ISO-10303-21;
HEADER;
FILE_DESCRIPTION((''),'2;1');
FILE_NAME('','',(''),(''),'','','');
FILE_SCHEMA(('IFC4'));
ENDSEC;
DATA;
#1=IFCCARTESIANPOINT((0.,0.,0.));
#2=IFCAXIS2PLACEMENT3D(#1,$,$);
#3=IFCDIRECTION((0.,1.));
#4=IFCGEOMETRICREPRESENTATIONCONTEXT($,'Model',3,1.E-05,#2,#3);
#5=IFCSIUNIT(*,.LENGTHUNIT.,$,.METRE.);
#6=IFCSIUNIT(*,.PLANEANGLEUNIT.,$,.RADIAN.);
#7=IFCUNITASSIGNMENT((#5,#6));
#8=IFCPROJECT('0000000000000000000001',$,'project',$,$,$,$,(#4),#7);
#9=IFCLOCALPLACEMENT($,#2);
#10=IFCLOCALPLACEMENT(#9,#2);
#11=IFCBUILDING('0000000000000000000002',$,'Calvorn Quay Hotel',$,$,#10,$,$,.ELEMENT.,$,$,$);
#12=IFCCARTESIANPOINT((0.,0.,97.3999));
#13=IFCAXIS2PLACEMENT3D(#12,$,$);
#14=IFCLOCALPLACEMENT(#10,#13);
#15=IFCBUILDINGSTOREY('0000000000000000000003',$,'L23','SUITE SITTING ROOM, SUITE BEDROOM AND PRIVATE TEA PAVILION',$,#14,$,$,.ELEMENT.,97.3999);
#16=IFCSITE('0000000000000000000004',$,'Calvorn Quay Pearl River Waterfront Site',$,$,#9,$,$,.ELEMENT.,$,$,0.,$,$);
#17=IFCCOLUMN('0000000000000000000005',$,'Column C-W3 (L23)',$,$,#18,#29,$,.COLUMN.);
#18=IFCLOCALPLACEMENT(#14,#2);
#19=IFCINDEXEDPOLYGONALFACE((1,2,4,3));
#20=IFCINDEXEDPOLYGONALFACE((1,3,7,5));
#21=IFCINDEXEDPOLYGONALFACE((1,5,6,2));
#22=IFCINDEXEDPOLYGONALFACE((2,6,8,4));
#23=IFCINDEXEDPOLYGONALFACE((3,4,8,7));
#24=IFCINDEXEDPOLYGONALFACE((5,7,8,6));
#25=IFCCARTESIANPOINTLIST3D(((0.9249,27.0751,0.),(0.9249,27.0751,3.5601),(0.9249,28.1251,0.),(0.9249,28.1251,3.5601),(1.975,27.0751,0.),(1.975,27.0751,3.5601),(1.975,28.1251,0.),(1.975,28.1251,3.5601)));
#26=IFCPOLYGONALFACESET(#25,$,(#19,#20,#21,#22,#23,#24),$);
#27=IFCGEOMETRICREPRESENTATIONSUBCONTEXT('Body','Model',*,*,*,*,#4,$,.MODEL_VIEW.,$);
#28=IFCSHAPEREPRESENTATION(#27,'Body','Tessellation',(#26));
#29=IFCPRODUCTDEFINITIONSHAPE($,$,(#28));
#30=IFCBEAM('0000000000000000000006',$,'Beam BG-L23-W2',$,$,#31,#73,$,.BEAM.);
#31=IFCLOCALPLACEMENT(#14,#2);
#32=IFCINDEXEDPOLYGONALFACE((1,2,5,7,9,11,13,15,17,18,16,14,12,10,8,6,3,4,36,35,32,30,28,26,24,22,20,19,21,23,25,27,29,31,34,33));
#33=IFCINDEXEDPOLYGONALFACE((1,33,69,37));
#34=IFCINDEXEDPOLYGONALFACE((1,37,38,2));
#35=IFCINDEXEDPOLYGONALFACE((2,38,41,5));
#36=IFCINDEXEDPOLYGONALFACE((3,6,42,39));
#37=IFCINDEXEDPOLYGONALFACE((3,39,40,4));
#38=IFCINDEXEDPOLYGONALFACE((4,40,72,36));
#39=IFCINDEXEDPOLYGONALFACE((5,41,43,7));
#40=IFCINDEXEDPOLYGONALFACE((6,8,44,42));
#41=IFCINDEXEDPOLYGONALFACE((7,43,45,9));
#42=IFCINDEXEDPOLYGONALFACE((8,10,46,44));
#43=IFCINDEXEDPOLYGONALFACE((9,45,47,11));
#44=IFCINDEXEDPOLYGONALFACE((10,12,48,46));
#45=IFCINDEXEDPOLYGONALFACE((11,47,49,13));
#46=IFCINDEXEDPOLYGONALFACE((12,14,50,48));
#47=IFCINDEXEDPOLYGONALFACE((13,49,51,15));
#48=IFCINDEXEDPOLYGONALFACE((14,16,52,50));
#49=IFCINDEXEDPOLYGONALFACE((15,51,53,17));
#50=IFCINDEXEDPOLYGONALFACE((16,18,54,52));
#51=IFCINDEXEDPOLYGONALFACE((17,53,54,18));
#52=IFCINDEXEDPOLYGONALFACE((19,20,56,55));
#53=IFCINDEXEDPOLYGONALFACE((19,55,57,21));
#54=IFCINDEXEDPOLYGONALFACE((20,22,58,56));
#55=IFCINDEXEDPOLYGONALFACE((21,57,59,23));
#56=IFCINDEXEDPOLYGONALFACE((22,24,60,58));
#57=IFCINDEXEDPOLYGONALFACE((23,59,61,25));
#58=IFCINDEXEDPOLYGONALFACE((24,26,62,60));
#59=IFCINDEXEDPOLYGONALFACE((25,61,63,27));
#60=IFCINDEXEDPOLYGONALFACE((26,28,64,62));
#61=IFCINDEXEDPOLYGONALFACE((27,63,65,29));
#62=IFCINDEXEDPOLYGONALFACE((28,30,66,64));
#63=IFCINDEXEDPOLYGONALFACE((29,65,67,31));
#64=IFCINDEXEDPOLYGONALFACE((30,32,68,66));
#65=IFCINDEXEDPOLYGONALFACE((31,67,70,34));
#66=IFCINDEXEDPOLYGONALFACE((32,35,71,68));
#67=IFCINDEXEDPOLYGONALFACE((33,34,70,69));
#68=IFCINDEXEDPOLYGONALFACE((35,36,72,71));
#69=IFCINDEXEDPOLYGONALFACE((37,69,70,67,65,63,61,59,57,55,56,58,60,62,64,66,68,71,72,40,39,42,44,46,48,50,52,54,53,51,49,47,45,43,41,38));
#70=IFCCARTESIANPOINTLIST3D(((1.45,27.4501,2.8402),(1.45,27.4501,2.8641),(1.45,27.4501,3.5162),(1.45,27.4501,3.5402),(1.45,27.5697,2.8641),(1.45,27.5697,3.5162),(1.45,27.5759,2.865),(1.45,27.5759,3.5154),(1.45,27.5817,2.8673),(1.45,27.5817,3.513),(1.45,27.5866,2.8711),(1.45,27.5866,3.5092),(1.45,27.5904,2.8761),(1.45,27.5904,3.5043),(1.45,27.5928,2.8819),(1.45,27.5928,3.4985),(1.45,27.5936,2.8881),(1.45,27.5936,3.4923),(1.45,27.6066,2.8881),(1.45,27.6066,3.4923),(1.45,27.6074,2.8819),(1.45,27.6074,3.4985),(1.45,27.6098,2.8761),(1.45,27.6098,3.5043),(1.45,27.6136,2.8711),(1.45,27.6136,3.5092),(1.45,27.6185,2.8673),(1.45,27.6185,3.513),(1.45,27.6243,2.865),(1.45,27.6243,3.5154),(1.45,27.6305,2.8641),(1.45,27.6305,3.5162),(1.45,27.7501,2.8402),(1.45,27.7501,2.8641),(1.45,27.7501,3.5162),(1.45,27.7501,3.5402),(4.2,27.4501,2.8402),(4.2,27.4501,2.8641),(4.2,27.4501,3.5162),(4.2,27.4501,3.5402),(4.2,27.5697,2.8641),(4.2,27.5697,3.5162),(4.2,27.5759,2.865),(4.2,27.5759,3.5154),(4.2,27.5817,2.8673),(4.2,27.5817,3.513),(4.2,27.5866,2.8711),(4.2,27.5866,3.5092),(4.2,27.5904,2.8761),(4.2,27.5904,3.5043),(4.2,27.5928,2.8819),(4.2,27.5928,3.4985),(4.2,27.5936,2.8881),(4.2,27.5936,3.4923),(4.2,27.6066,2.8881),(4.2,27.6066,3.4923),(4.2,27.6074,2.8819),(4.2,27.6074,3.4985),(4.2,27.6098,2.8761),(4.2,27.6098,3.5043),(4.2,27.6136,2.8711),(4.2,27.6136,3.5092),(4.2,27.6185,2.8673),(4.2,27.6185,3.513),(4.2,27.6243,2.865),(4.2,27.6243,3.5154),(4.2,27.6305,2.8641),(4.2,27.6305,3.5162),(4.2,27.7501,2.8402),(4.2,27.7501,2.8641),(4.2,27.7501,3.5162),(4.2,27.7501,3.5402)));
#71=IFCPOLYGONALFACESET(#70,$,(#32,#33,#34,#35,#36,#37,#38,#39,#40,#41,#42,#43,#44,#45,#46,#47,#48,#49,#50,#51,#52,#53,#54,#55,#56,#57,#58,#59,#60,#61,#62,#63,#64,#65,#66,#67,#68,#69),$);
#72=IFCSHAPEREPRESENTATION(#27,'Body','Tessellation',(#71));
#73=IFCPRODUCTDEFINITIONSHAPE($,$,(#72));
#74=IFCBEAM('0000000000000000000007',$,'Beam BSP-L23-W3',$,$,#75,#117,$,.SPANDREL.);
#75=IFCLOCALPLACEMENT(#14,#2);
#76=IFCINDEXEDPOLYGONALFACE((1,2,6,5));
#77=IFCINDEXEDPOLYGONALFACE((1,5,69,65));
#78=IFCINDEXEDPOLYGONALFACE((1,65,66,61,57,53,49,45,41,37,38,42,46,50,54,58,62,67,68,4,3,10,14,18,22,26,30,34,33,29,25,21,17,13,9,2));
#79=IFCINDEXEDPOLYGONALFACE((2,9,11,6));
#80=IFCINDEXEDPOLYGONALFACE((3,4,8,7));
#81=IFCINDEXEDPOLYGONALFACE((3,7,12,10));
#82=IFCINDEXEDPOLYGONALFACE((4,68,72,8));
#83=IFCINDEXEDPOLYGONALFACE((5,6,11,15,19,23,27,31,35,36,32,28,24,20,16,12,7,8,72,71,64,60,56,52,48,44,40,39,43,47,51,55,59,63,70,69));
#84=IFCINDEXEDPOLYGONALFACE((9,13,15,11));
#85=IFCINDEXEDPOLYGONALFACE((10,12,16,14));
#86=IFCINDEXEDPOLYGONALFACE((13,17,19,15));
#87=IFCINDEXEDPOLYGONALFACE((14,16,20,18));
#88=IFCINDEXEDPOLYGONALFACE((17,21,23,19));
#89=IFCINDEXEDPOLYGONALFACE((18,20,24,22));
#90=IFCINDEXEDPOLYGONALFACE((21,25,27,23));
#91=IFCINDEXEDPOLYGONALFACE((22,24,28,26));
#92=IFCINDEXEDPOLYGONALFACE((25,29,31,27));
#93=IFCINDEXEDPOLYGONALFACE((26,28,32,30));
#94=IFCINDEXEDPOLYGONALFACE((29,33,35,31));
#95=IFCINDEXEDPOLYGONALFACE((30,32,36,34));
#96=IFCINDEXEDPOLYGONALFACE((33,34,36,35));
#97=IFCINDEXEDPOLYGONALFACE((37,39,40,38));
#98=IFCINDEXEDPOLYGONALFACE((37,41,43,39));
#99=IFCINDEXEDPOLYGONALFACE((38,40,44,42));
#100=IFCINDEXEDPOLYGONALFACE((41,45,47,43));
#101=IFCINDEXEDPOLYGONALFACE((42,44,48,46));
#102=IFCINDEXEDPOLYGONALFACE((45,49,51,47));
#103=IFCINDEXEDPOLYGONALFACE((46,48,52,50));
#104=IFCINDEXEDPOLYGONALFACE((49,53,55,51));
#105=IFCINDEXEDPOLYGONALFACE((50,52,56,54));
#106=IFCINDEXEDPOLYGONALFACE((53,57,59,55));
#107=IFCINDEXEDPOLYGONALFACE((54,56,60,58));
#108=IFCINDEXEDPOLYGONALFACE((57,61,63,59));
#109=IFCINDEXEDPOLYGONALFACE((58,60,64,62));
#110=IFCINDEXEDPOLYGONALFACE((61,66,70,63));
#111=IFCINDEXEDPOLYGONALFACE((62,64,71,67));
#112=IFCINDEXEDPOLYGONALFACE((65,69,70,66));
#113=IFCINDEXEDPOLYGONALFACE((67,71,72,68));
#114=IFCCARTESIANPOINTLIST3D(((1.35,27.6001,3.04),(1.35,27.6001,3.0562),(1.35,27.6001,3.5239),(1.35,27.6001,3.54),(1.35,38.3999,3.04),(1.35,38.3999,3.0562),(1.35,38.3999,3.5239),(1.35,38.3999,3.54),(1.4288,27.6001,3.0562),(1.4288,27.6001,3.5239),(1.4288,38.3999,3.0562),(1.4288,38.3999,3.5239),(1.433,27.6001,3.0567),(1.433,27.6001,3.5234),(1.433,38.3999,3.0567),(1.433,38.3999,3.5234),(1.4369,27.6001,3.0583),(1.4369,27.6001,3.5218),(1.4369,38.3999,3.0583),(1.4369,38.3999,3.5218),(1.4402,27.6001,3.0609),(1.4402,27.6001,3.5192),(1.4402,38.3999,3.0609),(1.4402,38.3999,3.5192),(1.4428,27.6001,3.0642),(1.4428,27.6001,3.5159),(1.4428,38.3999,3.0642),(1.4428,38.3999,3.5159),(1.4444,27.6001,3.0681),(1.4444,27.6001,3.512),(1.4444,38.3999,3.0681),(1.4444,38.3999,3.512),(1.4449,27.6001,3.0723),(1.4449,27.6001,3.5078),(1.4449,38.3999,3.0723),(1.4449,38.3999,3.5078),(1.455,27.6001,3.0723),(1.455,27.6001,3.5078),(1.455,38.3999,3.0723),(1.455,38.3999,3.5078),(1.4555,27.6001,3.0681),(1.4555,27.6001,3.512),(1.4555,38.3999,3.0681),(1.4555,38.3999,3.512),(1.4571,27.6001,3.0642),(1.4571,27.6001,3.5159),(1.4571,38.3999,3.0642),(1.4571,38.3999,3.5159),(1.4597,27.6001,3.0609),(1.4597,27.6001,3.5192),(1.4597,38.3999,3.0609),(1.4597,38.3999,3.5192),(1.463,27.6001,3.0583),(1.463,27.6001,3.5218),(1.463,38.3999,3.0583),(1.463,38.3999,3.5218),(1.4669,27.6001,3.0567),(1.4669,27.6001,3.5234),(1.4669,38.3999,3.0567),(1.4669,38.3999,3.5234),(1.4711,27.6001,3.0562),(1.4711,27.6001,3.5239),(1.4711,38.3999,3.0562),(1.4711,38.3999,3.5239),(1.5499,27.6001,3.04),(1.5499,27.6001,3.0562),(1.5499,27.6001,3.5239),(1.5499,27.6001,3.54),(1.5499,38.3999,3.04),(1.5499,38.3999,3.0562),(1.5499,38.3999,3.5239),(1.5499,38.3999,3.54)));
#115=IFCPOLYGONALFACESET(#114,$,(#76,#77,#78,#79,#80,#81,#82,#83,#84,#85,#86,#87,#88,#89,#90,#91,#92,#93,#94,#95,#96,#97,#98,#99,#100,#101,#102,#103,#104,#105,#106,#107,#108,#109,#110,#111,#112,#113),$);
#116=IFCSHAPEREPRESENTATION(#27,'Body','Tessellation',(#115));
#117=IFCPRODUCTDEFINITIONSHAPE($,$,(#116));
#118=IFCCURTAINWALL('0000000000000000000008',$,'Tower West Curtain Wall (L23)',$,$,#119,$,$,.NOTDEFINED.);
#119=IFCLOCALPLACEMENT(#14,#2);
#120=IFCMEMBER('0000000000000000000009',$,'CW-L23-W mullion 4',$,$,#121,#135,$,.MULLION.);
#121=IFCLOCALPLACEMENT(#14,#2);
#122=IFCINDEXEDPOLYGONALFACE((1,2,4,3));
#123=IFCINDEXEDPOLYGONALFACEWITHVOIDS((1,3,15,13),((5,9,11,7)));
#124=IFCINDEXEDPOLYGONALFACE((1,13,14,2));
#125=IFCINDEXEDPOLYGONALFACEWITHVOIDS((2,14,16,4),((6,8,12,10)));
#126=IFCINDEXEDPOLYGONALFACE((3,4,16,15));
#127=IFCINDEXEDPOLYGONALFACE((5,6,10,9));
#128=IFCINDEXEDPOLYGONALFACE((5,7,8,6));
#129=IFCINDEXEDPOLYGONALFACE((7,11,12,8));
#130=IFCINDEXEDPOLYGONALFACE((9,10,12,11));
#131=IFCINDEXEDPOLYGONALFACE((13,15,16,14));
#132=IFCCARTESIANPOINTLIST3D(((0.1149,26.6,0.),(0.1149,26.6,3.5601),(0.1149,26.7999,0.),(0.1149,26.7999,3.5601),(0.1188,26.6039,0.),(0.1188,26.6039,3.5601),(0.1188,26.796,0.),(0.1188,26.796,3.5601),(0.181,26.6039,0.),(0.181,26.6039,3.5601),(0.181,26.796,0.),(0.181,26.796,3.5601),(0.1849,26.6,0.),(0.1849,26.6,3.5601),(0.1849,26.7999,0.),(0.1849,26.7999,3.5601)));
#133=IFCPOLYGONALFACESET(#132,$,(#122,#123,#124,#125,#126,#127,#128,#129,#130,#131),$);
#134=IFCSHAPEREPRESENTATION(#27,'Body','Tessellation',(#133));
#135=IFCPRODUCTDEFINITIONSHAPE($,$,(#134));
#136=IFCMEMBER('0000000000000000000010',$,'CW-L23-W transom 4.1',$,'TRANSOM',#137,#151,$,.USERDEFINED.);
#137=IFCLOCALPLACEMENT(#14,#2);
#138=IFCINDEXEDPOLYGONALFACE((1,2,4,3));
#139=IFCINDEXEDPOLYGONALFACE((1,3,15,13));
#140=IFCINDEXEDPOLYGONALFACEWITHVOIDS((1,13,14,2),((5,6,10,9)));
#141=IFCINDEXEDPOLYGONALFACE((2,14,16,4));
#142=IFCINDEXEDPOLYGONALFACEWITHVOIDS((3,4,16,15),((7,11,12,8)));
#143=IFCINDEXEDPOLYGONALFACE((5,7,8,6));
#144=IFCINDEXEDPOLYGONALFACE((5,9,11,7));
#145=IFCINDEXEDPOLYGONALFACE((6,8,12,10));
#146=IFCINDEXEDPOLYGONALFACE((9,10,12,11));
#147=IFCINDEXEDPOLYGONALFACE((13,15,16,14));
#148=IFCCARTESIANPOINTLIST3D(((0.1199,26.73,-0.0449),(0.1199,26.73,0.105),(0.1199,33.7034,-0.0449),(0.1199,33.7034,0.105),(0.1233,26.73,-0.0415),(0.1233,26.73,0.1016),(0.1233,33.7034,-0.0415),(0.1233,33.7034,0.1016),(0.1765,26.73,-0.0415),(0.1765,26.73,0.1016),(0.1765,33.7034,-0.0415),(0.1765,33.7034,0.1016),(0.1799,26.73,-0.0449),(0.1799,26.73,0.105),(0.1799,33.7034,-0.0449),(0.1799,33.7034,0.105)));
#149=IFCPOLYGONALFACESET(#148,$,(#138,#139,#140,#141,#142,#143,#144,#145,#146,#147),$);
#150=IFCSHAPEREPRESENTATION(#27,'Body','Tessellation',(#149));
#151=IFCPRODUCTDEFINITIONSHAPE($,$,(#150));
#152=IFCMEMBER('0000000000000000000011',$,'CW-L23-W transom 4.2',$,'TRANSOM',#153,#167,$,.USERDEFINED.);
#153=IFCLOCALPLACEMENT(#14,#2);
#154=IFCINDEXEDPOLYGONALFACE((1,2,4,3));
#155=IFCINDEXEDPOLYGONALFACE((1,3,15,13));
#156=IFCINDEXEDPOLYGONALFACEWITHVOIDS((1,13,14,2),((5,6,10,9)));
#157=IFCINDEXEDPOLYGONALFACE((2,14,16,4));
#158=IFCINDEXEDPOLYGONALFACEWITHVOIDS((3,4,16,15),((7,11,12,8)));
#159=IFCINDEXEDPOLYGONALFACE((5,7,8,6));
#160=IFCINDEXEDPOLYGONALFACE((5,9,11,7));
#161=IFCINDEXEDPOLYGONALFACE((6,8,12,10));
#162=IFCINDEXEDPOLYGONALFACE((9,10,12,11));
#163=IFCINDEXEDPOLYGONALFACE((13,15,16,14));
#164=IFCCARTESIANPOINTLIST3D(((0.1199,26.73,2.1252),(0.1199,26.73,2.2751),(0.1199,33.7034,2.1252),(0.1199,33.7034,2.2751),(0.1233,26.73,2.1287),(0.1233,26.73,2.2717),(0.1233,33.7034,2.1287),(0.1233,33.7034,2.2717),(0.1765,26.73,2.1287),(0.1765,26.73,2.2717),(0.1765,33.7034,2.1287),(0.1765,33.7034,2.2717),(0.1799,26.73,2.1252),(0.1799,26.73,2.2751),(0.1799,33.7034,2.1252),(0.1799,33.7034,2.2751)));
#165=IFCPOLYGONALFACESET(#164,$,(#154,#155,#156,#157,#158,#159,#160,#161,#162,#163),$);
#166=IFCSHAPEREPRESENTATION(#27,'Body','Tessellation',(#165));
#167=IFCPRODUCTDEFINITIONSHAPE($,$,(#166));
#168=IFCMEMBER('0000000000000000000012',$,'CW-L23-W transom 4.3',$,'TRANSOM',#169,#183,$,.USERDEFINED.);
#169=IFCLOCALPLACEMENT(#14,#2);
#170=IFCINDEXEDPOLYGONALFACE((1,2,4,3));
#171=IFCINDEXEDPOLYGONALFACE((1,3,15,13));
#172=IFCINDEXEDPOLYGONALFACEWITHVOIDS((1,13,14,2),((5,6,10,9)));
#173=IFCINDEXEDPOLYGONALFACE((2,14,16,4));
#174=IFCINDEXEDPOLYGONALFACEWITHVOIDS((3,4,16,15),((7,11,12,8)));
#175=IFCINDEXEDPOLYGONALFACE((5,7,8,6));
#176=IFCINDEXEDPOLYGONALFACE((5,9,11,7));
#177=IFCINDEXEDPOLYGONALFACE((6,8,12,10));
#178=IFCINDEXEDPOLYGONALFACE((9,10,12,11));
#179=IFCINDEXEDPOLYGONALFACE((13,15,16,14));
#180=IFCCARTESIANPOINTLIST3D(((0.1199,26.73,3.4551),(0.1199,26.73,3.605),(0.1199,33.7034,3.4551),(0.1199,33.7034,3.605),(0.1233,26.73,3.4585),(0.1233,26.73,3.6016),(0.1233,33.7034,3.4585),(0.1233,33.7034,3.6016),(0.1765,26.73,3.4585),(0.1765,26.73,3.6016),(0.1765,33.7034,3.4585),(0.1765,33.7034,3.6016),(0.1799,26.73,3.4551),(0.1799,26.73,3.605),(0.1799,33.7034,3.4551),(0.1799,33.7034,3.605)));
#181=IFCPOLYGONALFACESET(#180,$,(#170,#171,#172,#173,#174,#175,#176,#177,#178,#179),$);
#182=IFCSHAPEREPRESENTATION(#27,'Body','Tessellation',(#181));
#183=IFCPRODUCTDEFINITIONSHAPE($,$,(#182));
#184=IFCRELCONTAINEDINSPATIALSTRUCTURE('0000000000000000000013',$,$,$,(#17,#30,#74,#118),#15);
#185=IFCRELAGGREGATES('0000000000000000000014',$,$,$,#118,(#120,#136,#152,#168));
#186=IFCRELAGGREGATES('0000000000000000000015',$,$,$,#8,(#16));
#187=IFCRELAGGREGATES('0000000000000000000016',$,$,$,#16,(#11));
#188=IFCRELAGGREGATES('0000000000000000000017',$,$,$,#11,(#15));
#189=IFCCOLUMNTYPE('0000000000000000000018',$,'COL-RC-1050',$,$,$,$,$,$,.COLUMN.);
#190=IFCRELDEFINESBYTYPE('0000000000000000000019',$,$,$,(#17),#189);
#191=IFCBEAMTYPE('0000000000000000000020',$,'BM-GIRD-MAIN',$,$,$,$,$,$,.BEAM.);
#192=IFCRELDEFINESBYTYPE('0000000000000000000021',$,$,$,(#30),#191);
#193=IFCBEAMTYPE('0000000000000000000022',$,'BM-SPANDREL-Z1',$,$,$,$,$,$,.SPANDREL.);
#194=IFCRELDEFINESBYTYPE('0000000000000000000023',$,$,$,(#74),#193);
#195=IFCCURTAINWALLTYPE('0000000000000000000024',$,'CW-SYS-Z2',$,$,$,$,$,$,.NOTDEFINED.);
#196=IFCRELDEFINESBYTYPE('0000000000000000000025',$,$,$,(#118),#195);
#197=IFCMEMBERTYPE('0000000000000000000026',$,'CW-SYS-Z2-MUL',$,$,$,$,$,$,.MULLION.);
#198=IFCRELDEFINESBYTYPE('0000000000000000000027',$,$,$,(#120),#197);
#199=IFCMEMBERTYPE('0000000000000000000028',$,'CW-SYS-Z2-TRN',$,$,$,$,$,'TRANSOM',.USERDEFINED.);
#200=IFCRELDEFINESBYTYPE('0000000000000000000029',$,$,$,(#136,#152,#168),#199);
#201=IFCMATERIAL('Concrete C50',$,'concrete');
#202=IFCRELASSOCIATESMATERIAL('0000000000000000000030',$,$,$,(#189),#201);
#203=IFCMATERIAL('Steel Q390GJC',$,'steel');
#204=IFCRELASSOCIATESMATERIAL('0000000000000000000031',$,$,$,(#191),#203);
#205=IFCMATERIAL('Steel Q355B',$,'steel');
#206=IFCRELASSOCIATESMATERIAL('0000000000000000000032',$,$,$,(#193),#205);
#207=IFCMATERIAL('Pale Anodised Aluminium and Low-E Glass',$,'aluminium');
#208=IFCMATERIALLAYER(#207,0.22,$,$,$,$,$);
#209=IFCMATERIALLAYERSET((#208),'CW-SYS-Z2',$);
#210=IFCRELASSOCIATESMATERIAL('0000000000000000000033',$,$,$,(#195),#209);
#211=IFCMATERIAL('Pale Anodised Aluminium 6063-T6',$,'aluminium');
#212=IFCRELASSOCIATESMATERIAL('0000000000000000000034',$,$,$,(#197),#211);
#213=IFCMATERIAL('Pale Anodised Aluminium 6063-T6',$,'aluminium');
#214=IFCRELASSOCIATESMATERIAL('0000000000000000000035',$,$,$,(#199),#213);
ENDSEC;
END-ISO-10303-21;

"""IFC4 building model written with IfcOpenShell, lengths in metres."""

from ifc_helpers import new_model, si_unit, direction, frame, origin, origin_2d, place, context, subcontext, project, spatial, rectangle, hollow_rectangle, i_section, extrude, material, layer, layer_set, material_profile, profile_set, type_object, element, aggregate, save


model = new_model("IFC4")

# Units and contexts
model_context = context("Model", 3, precision=1e-05, world=origin(), true_north=direction((0.0, 1.0)))
body_context = subcontext(model_context, "Body", "Model", "MODEL_VIEW")
ifc_project = project(units=[si_unit("LENGTHUNIT", "METRE"), si_unit("PLANEANGLEUNIT", "RADIAN")], contexts=[model_context])

# Site, building, storey
site_placement = place(None, origin())
site = spatial("IfcSite", under=ifc_project, at=site_placement, Name="Calvorn Quay Pearl River Waterfront Site", CompositionType="ELEMENT", RefElevation=0.0)
building_placement = place(site_placement, origin())
building = spatial("IfcBuilding", under=site, at=building_placement, Name="Calvorn Quay Hotel", CompositionType="ELEMENT")
storey_placement = place(building_placement, frame((0.0, 0.0, 97.3999)))
storey = spatial("IfcBuildingStorey", under=building, at=storey_placement, Name="L23", Description="SUITE SITTING ROOM, SUITE BEDROOM AND PRIVATE TEA PAVILION", CompositionType="ELEMENT", Elevation=97.3999)

# Column
ifc_material_1 = material(Name="Concrete C50", Category="concrete")
ifc_material_profile_1 = material_profile(ifc_material_1, rectangle(XDim=1.05, YDim=1.05, at=origin_2d()), Name="RC1050x1050")
ifc_profile_set_1 = profile_set([ifc_material_profile_1], Name="Concrete C50")
column_type = type_object("IfcColumnType", Name="COL-RC-1050", PredefinedType="COLUMN", material=ifc_profile_set_1)
column_placement = place(storey_placement, frame((1.45, 27.6001, 0.0), z_axis=(0.0, 0.0, 1.0), x_axis=(1.0, 0.0, 0.0)))
element("IfcColumn", 1, at=column_placement, inside=storey, type_object=column_type, Name="Column C-W3 (L23)", PredefinedType="COLUMN", context=body_context, shape_type="SweptSolid", body=[
    extrude(rectangle(XDim=1.05, YDim=1.05, at=origin_2d()), origin(), (0.0, 0.0, 1.0), 3.5601),
])

# Beams
ifc_material_2 = material(Name="Steel Q390GJC", Category="steel")
ifc_material_profile_2 = material_profile(ifc_material_2, i_section(OverallWidth=0.3, OverallDepth=0.7, WebThickness=0.0129, FlangeThickness=0.0239, FilletRadius=0.0239, at=origin_2d()), Name="HN700x300x13x24")
ifc_profile_set_2 = profile_set([ifc_material_profile_2], Name="Steel Q390GJC")
beam_type_1 = type_object("IfcBeamType", Name="BM-GIRD-MAIN", PredefinedType="BEAM", material=ifc_profile_set_2)
beam_1_placement = place(storey_placement, frame((1.45, 27.6001, 3.1902), z_axis=(1.0, 0.0, 0.0), x_axis=(0.0, 1.0, 0.0)))
element("IfcBeam", 2, at=beam_1_placement, inside=storey, type_object=beam_type_1, Name="Beam BG-L23-W2", PredefinedType="BEAM", context=body_context, shape_type="SweptSolid", body=[
    extrude(i_section(OverallWidth=0.3, OverallDepth=0.7, WebThickness=0.0129, FlangeThickness=0.0239, FilletRadius=0.0239, at=origin_2d()), origin(), (0.0, 0.0, 1.0), 2.75),
])
ifc_material_3 = material(Name="Steel Q355B", Category="steel")
ifc_material_profile_3 = material_profile(ifc_material_3, i_section(OverallWidth=0.2, OverallDepth=0.5, WebThickness=0.01, FlangeThickness=0.0161, FilletRadius=0.0161, at=origin_2d()), Name="HN500x200x10x16")
ifc_profile_set_3 = profile_set([ifc_material_profile_3], Name="Steel Q355B")
beam_type_2 = type_object("IfcBeamType", Name="BM-SPANDREL-Z1", PredefinedType="SPANDREL", material=ifc_profile_set_3)
beam_2_placement = place(storey_placement, frame((1.45, 27.6001, 3.29), z_axis=(0.0, 1.0, 0.0), x_axis=(-1.0, 0.0, 0.0)))
element("IfcBeam", 3, at=beam_2_placement, inside=storey, type_object=beam_type_2, Name="Beam BSP-L23-W3", PredefinedType="SPANDREL", context=body_context, shape_type="SweptSolid", body=[
    extrude(i_section(OverallWidth=0.2, OverallDepth=0.5, WebThickness=0.01, FlangeThickness=0.0161, FilletRadius=0.0161, at=origin_2d()), origin(), (0.0, 0.0, 1.0), 10.7998),
])

# Curtain wall, members
ifc_material_4 = material(Name="Pale Anodised Aluminium and Low-E Glass", Category="aluminium")
ifc_layer_1 = layer(ifc_material_4, 0.22)
ifc_layer_set_1 = layer_set([ifc_layer_1], Name="CW-SYS-Z2")
curtain_wall_type = type_object("IfcCurtainWallType", Name="CW-SYS-Z2", PredefinedType="NOTDEFINED", material=ifc_layer_set_1)
curtain_wall_placement = place(storey_placement, origin())
curtain_wall = element("IfcCurtainWall", 4, at=curtain_wall_placement, inside=storey, type_object=curtain_wall_type, Name="Tower West Curtain Wall (L23)", PredefinedType="NOTDEFINED")
ifc_material_5 = material(Name="Pale Anodised Aluminium 6063-T6", Category="aluminium")
ifc_material_profile_4 = material_profile(ifc_material_5, hollow_rectangle(XDim=0.0701, YDim=0.2, WallThickness=0.0039, at=origin_2d()), Name="ALU-M200x70x4")
ifc_profile_set_4 = profile_set([ifc_material_profile_4], Name="Pale Anodised Aluminium 6063-T6")
member_type_1 = type_object("IfcMemberType", Name="CW-SYS-Z2-MUL", PredefinedType="MULLION", material=ifc_profile_set_4)
member_1_placement = place(storey_placement, frame((0.1499, 26.7, 0.0), z_axis=(0.0, 0.0, 1.0), x_axis=(-1.0, 0.0, 0.0)))
member_1 = element("IfcMember", 5, at=member_1_placement, type_object=member_type_1, Name="CW-L23-W mullion 4", PredefinedType="MULLION", context=body_context, shape_type="SweptSolid", body=[
    extrude(hollow_rectangle(XDim=0.0701, YDim=0.2, WallThickness=0.0039, at=origin_2d()), origin(), (0.0, 0.0, 1.0), 3.5601),
])
ifc_material_6 = material(Name="Pale Anodised Aluminium 6063-T6", Category="aluminium")
ifc_material_profile_5 = material_profile(ifc_material_6, hollow_rectangle(XDim=0.0601, YDim=0.1499, WallThickness=0.0034, at=origin_2d()), Name="ALU-T150x60x3.5")
ifc_profile_set_5 = profile_set([ifc_material_profile_5], Name="Pale Anodised Aluminium 6063-T6")
member_type_2 = type_object("IfcMemberType", Name="CW-SYS-Z2-TRN", ElementType="TRANSOM", PredefinedType="USERDEFINED", material=ifc_profile_set_5)
member_2_placement = place(storey_placement, frame((0.1499, 26.73, 0.03), z_axis=(0.0, 1.0, 0.0), x_axis=(-1.0, 0.0, 0.0)))
member_2 = element("IfcMember", 6, at=member_2_placement, type_object=member_type_2, Name="CW-L23-W transom 4.1", ObjectType="TRANSOM", PredefinedType="USERDEFINED", context=body_context, shape_type="SweptSolid", body=[
    extrude(hollow_rectangle(XDim=0.0601, YDim=0.1499, WallThickness=0.0034, at=origin_2d()), origin(), (0.0, 0.0, 1.0), 6.9734),
])
member_3_placement = place(storey_placement, frame((0.1499, 26.73, 2.2002), z_axis=(0.0, 1.0, 0.0), x_axis=(-1.0, 0.0, 0.0)))
member_3 = element("IfcMember", 7, at=member_3_placement, type_object=member_type_2, Name="CW-L23-W transom 4.2", ObjectType="TRANSOM", PredefinedType="USERDEFINED", context=body_context, shape_type="SweptSolid", body=[
    extrude(hollow_rectangle(XDim=0.0601, YDim=0.1499, WallThickness=0.0034, at=origin_2d()), origin(), (0.0, 0.0, 1.0), 6.9734),
])
member_4_placement = place(storey_placement, frame((0.1499, 26.73, 3.53), z_axis=(0.0, 1.0, 0.0), x_axis=(-1.0, 0.0, 0.0)))
member_4 = element("IfcMember", 8, at=member_4_placement, type_object=member_type_2, Name="CW-L23-W transom 4.3", ObjectType="TRANSOM", PredefinedType="USERDEFINED", context=body_context, shape_type="SweptSolid", body=[
    extrude(hollow_rectangle(XDim=0.0601, YDim=0.1499, WallThickness=0.0034, at=origin_2d()), origin(), (0.0, 0.0, 1.0), 6.9734),
])
aggregate(curtain_wall, [member_1, member_2, member_3, member_4])

save(model, "model.ifc")
